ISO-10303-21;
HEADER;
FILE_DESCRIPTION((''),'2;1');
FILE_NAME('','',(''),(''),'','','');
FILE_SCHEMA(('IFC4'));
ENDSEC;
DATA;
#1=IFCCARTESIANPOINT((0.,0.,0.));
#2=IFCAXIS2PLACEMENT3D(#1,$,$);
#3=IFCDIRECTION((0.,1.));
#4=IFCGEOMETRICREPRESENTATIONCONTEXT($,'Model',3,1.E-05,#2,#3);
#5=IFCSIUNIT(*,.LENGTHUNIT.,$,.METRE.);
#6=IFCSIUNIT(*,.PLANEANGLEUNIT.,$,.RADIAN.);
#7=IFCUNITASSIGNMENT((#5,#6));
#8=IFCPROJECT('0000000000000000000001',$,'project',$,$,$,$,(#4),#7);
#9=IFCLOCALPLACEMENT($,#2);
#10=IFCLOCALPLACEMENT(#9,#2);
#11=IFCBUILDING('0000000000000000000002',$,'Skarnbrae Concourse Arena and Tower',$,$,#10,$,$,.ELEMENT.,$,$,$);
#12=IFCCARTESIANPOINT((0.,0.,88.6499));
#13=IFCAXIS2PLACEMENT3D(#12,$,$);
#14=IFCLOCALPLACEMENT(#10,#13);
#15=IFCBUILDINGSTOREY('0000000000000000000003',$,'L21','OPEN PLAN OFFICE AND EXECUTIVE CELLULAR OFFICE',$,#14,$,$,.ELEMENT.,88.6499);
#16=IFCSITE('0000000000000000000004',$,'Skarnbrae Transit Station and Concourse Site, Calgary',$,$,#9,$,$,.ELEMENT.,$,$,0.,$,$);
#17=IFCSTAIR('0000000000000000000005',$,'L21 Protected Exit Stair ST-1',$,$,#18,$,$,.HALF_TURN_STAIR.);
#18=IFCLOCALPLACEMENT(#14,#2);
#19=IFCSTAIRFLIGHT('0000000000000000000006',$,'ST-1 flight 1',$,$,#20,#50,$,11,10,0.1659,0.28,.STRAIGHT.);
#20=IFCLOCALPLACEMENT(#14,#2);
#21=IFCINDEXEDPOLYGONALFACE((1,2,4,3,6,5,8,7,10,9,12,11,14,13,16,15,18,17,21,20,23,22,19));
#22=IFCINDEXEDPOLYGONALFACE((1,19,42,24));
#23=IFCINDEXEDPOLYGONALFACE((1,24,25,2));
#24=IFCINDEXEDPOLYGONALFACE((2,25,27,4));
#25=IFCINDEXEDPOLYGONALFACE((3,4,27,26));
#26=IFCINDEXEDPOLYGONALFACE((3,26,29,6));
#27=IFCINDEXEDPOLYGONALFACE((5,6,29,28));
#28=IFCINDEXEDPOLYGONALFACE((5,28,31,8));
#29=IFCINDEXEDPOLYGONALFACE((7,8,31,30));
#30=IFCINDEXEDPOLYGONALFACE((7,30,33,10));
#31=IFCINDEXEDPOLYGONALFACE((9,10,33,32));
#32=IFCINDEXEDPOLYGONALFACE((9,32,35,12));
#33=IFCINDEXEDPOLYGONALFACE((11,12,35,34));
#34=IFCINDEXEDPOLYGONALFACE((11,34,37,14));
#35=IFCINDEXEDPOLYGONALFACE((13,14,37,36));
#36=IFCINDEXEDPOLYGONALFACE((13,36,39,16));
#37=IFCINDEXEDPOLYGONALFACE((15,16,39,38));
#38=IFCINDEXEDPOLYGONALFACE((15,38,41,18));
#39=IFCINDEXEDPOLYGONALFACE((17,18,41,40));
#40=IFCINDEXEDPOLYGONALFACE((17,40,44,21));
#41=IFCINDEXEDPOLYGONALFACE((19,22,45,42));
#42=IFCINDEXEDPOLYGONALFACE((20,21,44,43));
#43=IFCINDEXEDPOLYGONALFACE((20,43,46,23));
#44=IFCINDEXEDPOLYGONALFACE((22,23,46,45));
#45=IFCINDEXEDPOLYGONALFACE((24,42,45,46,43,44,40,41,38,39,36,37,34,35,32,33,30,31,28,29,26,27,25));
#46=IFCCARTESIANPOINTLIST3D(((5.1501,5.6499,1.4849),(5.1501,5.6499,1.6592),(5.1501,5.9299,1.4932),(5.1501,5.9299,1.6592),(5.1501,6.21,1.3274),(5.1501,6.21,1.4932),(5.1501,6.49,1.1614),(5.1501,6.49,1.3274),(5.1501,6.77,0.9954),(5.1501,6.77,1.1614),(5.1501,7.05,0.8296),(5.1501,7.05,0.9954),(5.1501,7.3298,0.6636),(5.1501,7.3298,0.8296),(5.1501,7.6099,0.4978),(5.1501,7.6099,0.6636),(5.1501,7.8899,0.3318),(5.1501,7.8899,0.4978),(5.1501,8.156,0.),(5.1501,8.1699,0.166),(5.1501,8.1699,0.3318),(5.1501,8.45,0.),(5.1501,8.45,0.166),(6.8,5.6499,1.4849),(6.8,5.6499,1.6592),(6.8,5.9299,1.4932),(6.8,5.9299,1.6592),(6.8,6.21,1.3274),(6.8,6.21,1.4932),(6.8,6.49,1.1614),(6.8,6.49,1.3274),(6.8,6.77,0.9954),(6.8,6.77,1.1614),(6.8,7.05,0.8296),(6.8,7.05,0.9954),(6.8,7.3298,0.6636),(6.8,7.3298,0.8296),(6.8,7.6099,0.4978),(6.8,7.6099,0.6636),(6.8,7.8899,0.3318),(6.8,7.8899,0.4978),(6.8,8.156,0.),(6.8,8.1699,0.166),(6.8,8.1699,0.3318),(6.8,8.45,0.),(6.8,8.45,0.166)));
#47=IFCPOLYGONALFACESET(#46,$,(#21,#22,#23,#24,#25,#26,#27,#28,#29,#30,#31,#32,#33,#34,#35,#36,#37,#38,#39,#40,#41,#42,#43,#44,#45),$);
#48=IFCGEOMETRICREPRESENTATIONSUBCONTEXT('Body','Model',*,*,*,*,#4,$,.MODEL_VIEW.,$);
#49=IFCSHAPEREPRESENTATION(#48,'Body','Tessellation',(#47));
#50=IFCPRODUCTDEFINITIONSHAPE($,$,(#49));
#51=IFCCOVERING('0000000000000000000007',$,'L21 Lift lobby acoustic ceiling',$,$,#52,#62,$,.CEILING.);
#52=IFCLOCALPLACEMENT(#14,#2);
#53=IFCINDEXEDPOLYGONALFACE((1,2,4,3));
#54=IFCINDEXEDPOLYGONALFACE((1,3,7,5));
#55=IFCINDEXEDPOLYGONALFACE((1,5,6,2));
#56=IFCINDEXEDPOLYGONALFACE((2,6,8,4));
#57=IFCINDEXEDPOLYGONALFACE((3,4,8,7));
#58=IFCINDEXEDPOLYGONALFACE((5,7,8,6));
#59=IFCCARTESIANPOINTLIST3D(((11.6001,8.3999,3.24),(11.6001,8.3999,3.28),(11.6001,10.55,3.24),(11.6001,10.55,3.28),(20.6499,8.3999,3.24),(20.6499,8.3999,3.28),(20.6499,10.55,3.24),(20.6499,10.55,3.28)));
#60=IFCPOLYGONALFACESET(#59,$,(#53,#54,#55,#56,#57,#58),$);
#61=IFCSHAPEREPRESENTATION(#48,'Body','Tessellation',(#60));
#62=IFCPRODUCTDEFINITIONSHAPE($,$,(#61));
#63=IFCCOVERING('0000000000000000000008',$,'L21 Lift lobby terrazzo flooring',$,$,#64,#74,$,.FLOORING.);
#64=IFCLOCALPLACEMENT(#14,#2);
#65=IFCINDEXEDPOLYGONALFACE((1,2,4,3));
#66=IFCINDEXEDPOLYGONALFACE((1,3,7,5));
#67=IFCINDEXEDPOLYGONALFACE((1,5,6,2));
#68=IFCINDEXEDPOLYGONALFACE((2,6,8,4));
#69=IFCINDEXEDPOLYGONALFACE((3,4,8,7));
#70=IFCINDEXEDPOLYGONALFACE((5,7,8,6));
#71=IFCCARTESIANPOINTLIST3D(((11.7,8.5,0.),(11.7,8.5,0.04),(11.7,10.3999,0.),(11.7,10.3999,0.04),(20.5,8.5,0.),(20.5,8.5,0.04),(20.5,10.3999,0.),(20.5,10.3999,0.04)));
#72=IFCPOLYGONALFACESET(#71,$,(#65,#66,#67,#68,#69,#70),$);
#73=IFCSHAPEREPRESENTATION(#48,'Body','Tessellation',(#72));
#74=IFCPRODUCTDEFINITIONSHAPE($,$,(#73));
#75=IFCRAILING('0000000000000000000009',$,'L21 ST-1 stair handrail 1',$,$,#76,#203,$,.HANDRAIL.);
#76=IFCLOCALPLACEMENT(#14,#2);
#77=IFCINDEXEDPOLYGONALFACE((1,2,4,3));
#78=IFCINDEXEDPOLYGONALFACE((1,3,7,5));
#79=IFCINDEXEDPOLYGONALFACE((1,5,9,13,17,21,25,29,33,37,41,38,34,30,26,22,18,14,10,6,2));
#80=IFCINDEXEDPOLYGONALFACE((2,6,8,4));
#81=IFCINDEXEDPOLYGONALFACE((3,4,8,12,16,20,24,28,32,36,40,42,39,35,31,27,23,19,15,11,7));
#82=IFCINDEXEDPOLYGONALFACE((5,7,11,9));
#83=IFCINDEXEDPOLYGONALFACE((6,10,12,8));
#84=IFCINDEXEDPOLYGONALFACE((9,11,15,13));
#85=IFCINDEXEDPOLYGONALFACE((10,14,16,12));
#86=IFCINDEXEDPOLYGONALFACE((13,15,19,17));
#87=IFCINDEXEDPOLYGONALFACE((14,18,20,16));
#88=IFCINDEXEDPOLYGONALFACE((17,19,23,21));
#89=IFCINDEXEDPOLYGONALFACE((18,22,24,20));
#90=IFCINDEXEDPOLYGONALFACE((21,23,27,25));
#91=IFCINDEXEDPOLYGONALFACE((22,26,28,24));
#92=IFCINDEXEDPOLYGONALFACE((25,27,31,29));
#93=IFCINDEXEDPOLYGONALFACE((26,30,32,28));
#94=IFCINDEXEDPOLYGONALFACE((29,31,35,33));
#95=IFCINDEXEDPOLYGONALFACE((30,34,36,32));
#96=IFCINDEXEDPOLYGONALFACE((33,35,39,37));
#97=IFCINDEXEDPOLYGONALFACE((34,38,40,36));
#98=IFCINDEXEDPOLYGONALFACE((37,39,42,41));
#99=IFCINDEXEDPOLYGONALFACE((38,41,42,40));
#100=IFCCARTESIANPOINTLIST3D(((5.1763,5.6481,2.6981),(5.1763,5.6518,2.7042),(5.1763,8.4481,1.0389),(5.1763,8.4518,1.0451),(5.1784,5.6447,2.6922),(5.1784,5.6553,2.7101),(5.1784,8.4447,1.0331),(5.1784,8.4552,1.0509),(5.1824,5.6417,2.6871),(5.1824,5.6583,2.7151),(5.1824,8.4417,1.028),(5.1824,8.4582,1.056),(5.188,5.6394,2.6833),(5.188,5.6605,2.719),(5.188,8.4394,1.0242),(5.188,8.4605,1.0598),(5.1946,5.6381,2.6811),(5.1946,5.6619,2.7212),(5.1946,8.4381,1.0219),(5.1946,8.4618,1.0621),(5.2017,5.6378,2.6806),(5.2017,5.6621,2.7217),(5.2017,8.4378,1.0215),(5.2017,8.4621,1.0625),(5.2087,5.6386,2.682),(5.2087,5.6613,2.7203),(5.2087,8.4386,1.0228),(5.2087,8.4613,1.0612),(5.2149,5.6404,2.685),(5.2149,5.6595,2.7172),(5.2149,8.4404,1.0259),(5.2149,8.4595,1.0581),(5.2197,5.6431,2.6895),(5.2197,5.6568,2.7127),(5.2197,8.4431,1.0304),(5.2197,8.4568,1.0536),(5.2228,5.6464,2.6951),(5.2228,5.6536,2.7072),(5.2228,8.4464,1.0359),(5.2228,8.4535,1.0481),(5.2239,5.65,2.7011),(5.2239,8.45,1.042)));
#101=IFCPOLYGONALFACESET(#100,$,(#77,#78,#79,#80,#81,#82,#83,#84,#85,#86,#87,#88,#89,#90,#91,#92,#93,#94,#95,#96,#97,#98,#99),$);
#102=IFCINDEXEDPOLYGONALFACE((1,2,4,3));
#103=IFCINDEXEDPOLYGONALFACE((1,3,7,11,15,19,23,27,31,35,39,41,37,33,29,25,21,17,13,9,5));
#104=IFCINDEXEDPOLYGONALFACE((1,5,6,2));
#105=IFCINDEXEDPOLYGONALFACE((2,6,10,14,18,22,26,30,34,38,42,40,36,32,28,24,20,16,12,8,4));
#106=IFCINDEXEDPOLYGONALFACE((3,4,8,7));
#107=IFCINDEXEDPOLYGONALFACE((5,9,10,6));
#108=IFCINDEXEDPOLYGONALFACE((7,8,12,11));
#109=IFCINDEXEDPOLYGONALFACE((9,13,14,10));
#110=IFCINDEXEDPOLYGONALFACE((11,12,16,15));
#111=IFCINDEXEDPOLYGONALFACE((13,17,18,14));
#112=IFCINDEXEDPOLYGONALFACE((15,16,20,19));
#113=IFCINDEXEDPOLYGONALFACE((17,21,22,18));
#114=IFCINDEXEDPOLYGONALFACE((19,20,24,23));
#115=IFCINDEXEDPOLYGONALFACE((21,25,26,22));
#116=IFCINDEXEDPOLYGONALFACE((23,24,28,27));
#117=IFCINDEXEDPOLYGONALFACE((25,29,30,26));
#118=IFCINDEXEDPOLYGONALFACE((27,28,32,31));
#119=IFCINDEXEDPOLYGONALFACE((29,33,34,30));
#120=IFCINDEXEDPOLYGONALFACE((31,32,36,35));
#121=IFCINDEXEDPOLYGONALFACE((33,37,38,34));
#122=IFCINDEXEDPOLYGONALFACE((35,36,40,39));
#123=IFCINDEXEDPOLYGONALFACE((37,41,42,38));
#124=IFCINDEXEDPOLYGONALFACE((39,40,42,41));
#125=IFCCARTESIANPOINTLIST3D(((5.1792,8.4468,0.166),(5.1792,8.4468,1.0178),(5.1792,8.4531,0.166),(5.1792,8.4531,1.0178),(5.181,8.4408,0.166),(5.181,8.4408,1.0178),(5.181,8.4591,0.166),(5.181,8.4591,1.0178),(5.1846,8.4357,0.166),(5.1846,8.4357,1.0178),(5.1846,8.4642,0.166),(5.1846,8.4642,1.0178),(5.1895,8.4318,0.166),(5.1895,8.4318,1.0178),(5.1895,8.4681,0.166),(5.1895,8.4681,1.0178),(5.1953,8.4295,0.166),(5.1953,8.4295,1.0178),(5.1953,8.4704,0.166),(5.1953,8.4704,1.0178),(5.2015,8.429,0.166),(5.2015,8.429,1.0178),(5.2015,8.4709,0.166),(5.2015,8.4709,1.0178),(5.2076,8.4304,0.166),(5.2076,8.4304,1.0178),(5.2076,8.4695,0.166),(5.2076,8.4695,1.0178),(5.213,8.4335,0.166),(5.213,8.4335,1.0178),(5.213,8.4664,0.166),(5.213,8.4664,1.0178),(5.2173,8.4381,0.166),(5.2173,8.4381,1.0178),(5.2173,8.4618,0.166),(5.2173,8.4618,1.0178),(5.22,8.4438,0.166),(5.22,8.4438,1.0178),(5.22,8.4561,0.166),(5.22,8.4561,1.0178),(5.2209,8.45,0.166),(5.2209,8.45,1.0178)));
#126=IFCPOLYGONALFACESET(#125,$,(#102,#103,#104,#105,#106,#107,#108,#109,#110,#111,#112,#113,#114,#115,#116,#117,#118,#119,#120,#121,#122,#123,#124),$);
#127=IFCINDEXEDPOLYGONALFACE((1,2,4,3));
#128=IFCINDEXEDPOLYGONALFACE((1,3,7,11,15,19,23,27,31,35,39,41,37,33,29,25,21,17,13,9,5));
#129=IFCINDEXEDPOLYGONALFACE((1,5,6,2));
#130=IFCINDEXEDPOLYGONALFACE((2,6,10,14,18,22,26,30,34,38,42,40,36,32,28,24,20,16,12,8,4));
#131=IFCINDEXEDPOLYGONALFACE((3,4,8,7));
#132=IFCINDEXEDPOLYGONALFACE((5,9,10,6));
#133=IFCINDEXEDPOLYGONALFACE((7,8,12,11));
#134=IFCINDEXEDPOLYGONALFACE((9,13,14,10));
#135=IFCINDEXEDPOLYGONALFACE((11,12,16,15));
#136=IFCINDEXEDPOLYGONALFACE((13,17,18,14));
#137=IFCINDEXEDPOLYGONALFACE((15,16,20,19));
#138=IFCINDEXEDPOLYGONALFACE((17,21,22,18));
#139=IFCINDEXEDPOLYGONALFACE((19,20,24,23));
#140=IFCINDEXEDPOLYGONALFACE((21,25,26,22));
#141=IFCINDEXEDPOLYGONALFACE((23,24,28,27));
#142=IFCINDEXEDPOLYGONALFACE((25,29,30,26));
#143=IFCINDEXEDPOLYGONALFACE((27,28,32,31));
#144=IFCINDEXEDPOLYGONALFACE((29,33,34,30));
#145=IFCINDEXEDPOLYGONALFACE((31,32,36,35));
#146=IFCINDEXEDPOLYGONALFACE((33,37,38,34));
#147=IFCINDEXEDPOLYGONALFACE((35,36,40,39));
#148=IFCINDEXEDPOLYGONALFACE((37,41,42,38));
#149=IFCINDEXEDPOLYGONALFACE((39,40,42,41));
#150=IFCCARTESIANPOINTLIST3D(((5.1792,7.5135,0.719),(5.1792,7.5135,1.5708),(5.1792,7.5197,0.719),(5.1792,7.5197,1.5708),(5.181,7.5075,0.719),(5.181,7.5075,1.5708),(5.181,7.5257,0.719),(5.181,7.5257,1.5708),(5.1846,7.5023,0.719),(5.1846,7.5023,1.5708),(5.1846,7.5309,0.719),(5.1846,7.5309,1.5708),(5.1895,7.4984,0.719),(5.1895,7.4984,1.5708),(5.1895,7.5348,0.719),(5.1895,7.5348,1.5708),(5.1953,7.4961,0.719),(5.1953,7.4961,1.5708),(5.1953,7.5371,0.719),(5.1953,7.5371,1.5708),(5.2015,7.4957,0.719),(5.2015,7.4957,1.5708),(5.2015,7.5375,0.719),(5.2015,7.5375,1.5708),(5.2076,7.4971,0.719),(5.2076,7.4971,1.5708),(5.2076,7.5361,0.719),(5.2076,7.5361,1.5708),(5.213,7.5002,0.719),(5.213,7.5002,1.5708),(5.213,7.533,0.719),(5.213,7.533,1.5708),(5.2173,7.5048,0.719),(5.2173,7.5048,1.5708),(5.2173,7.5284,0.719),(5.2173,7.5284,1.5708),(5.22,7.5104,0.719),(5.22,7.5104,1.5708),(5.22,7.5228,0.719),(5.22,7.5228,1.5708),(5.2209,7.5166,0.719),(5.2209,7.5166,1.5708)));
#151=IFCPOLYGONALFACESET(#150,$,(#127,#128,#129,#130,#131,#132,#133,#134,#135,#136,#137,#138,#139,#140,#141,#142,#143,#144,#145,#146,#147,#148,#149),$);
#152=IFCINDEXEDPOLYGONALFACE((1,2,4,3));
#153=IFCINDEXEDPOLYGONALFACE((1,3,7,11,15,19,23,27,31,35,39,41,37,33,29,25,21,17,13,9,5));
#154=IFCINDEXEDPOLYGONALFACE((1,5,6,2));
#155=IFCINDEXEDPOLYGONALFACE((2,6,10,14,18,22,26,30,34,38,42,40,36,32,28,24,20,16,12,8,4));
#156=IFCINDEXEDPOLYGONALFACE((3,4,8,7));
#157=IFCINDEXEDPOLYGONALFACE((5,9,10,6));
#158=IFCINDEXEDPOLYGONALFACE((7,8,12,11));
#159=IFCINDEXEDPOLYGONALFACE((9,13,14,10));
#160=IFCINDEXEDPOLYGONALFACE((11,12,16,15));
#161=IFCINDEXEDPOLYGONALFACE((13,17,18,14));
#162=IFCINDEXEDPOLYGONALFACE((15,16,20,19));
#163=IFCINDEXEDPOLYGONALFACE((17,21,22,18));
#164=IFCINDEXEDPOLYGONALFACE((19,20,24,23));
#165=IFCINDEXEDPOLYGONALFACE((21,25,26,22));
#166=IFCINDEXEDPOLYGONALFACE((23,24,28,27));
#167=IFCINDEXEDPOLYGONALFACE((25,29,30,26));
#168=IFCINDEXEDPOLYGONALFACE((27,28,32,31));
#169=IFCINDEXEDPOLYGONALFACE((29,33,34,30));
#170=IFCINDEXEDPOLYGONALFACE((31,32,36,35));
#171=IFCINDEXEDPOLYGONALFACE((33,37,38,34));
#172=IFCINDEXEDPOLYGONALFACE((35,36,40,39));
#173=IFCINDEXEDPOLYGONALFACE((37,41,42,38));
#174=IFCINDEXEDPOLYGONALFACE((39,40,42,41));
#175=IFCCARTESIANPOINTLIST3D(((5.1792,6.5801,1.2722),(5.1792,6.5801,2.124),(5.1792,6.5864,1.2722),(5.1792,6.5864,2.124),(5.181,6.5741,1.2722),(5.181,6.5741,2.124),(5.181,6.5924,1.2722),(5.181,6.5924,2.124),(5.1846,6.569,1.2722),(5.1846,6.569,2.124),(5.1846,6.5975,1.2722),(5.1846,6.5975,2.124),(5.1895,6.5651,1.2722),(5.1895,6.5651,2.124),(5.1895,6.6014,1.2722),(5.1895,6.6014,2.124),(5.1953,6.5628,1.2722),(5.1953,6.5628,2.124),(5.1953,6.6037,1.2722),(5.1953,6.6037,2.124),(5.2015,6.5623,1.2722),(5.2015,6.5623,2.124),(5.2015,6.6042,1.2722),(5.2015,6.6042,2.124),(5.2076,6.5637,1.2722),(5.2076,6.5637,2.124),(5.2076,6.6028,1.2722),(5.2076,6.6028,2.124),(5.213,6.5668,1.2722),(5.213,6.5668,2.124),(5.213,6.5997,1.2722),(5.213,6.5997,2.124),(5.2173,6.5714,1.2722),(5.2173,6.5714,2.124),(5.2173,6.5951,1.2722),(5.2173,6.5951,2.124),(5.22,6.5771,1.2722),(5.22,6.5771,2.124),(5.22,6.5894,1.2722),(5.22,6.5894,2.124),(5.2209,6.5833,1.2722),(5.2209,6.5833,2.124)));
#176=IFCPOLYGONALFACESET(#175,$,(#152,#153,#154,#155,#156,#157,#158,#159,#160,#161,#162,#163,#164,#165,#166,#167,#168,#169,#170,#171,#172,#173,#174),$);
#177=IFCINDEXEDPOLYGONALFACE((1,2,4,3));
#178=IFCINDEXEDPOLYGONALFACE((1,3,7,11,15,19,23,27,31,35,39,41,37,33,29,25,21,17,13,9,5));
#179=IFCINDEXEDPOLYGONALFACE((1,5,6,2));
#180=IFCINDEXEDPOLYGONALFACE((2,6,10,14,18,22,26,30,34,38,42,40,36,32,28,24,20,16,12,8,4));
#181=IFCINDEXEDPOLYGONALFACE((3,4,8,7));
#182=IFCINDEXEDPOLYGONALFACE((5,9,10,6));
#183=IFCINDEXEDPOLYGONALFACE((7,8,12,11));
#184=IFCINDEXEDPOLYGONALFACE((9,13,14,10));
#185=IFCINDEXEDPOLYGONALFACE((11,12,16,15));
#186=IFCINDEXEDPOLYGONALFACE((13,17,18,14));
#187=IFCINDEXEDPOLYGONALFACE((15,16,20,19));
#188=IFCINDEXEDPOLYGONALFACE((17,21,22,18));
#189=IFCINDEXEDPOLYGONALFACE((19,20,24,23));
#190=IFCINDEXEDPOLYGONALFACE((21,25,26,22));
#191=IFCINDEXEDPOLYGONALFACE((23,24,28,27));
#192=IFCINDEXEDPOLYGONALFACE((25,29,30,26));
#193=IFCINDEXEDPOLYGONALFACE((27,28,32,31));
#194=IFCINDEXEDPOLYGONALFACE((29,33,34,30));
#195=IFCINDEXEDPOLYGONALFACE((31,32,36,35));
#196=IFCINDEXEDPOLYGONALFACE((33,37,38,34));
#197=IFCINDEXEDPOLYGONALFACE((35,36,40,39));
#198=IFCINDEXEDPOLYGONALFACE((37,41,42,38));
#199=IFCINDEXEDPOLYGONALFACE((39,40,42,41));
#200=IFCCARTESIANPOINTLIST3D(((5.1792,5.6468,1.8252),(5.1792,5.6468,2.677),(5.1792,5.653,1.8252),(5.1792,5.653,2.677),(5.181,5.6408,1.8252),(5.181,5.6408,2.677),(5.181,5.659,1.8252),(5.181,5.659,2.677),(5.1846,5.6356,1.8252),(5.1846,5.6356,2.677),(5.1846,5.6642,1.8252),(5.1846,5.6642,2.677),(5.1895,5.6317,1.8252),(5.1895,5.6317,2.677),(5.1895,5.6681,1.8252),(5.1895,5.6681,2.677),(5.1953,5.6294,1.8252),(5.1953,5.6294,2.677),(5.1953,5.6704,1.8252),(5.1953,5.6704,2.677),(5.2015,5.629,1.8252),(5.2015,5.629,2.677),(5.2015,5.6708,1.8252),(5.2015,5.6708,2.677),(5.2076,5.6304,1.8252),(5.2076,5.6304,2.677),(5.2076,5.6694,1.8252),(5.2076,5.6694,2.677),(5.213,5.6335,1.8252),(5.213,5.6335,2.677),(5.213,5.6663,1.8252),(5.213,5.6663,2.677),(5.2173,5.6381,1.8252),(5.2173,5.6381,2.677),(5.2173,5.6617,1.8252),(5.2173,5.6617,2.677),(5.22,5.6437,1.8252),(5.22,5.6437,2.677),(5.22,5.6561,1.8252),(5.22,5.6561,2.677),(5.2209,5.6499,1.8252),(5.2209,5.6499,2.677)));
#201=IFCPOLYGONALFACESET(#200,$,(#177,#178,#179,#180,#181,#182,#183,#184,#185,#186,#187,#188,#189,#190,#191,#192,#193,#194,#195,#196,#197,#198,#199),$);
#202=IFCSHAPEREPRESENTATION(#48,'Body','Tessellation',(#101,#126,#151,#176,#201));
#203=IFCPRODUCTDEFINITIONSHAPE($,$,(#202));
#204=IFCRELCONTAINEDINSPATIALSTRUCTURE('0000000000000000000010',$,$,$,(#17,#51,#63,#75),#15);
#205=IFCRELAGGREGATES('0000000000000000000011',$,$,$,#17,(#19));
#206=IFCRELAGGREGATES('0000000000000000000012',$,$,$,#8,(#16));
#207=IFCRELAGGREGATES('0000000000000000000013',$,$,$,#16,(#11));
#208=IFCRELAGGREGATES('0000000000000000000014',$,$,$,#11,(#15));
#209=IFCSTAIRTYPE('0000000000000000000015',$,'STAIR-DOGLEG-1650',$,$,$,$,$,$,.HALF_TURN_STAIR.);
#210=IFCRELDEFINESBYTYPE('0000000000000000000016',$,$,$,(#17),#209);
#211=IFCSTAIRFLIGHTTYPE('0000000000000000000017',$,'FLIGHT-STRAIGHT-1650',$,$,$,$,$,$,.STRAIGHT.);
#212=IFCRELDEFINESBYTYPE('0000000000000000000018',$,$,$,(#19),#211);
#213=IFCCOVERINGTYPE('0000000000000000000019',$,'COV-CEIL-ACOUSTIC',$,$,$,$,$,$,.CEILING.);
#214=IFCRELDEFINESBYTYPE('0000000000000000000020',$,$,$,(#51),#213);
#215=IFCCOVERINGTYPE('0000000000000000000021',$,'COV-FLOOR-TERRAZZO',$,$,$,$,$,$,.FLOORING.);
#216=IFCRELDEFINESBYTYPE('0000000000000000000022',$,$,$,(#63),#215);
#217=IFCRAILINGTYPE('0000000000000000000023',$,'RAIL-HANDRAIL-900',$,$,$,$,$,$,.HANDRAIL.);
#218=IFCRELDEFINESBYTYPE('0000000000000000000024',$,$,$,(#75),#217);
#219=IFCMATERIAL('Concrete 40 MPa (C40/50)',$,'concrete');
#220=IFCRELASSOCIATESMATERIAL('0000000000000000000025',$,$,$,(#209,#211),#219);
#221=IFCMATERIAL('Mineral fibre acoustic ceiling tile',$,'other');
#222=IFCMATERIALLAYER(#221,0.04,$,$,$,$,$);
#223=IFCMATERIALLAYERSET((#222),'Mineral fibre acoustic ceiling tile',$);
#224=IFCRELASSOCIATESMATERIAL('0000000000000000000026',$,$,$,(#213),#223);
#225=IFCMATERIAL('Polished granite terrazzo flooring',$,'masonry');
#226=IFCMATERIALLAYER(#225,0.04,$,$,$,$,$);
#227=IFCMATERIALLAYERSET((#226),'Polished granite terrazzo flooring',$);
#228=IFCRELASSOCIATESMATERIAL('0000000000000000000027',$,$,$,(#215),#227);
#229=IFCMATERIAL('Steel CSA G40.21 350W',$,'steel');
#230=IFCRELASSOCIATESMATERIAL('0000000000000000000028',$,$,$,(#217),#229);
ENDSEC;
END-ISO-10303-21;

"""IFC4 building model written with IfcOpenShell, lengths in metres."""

from ifc_helpers import new_model, si_unit, direction, frame, origin, origin_2d, place, context, subcontext, project, spatial, polyline, circle, outline, extrude, source, transform, mapped, material, layer, layer_set, type_object, element, aggregate, save


model = new_model("IFC4")

# Units and contexts
model_context = context("Model", 3, precision=1e-05, world=origin(), true_north=direction((0.0, 1.0)))
body_context = subcontext(model_context, "Body", "Model", "MODEL_VIEW")
ifc_project = project(units=[si_unit("LENGTHUNIT", "METRE"), si_unit("PLANEANGLEUNIT", "RADIAN")], contexts=[model_context])

# Site, building, storey
site_placement = place(None, origin())
site = spatial("IfcSite", under=ifc_project, at=site_placement, Name="Skarnbrae Transit Station and Concourse Site, Calgary", CompositionType="ELEMENT", RefElevation=0.0)
building_placement = place(site_placement, origin())
building = spatial("IfcBuilding", under=site, at=building_placement, Name="Skarnbrae Concourse Arena and Tower", CompositionType="ELEMENT")
storey_placement = place(building_placement, frame((0.0, 0.0, 88.6499)))
storey = spatial("IfcBuildingStorey", under=building, at=storey_placement, Name="L21", Description="OPEN PLAN OFFICE AND EXECUTIVE CELLULAR OFFICE", CompositionType="ELEMENT", Elevation=88.6499)

# Shared definitions
ifc_material_1 = material(Name="Steel CSA G40.21 350W", Category="steel")

# Stair
ifc_material_2 = material(Name="Concrete 40 MPa (C40/50)", Category="concrete")
stair_type = type_object("IfcStairType", Name="STAIR-DOGLEG-1650", PredefinedType="HALF_TURN_STAIR", material=ifc_material_2)
stair_1_placement = place(storey_placement, origin())
stair_1 = element("IfcStair", 1, at=stair_1_placement, inside=storey, type_object=stair_type, Name="L21 Protected Exit Stair ST-1", PredefinedType="HALF_TURN_STAIR")

# Stair flight
stair_flight_type = type_object("IfcStairFlightType", Name="FLIGHT-STRAIGHT-1650", PredefinedType="STRAIGHT", material=ifc_material_2)
shared_shape_1 = source(origin(), body_context, "Body", "SweptSolid", [
    extrude(outline(polyline([(0.0, 0.0), (0.0, 0.166), (0.28, 0.166), (0.28, 0.3318), (0.5601, 0.3318), (0.5601, 0.4978), (0.8401, 0.4978), (0.8401, 0.6636), (1.1201, 0.6636), (1.1201, 0.8296), (1.3999, 0.8296), (1.3999, 0.9954), (1.6799, 0.9954), (1.6799, 1.1614), (1.96, 1.1614), (1.96, 1.3274), (2.24, 1.3274), (2.24, 1.4932), (2.52, 1.4932), (2.52, 1.6592), (2.8, 1.6592), (2.8, 1.825), (2.8, 1.4849), (0.2939, 0.0), (0.0, 0.0)])), frame((0.0, 0.825, 0.0), z_axis=(0.0, -1.0, 0.0), x_axis=(1.0, 0.0, 0.0)), (0.0, 0.0, 1.0), 1.6499),
])
stair_flight_placement = place(storey_placement, frame((5.9751, 8.45, 0.0), z_axis=(0.0, 0.0, 1.0), x_axis=(0.0, -1.0, 0.0)))
stair_flight = element("IfcStairFlight", 2, at=stair_flight_placement, type_object=stair_flight_type, Name="ST-1 flight 1", NumberOfRisers=11, NumberOfTreads=10, PredefinedType="STRAIGHT", RiserHeight=0.1659, TreadLength=0.28, context=body_context, shape_type="MappedRepresentation", body=[
    mapped(shared_shape_1, transform((0.0, 0.0, 0.0))),
])
aggregate(stair_1, [stair_flight])

# Coverings
ifc_material_3 = material(Name="Mineral fibre acoustic ceiling tile", Category="other")
ifc_layer_1 = layer(ifc_material_3, 0.04)
ifc_layer_set_1 = layer_set([ifc_layer_1], Name="Mineral fibre acoustic ceiling tile")
covering_type_1 = type_object("IfcCoveringType", Name="COV-CEIL-ACOUSTIC", PredefinedType="CEILING", material=ifc_layer_set_1)
covering_1_placement = place(storey_placement, frame((0.0, 0.0, 3.24)))
element("IfcCovering", 3, at=covering_1_placement, inside=storey, type_object=covering_type_1, Name="L21 Lift lobby acoustic ceiling", PredefinedType="CEILING", context=body_context, shape_type="SweptSolid", body=[
    extrude(outline(polyline([(11.6001, 8.3999), (20.6499, 8.3999), (20.6499, 10.55), (11.6001, 10.55), (11.6001, 8.3999)])), origin(), (0.0, 0.0, 1.0), 0.04),
])
ifc_material_4 = material(Name="Polished granite terrazzo flooring", Category="masonry")
ifc_layer_2 = layer(ifc_material_4, 0.04)
ifc_layer_set_2 = layer_set([ifc_layer_2], Name="Polished granite terrazzo flooring")
covering_type_2 = type_object("IfcCoveringType", Name="COV-FLOOR-TERRAZZO", PredefinedType="FLOORING", material=ifc_layer_set_2)
covering_2_placement = place(storey_placement, origin())
element("IfcCovering", 4, at=covering_2_placement, inside=storey, type_object=covering_type_2, Name="L21 Lift lobby terrazzo flooring", PredefinedType="FLOORING", context=body_context, shape_type="SweptSolid", body=[
    extrude(outline(polyline([(11.7, 8.5), (20.5, 8.5), (20.5, 10.3999), (11.7, 10.3999), (11.7, 8.5)])), origin(), (0.0, 0.0, 1.0), 0.04),
])

# Railing
railing_type_1 = type_object("IfcRailingType", Name="RAIL-HANDRAIL-900", PredefinedType="HANDRAIL", material=ifc_material_1)
railing_1_placement = place(storey_placement, frame((5.2, 8.45, 0.166)))
element("IfcRailing", 5, at=railing_1_placement, inside=storey, type_object=railing_type_1, Name="L21 ST-1 stair handrail 1", PredefinedType="HANDRAIL", context=body_context, shape_type="SweptSolid", body=[
    extrude(circle(Radius=0.0239, at=origin_2d()), frame((0.0, 0.0, 0.876), z_axis=(0.0, -0.860306, 0.509778), x_axis=(1.0, 0.0, 0.0)), (0.0, 0.0, 1.0), 3.2546),
    extrude(circle(Radius=0.021, at=origin_2d()), origin(), (0.0, 0.0, 1.0), 0.8518),
    extrude(circle(Radius=0.021, at=origin_2d()), frame((0.0, -0.9333, 0.553)), (0.0, 0.0, 1.0), 0.8518),
    extrude(circle(Radius=0.021, at=origin_2d()), frame((0.0, -1.8667, 1.1062)), (0.0, 0.0, 1.0), 0.8518),
    extrude(circle(Radius=0.021, at=origin_2d()), frame((0.0, -2.8, 1.6592)), (0.0, 0.0, 1.0), 0.8518),
])

save(model, "model.ifc")
